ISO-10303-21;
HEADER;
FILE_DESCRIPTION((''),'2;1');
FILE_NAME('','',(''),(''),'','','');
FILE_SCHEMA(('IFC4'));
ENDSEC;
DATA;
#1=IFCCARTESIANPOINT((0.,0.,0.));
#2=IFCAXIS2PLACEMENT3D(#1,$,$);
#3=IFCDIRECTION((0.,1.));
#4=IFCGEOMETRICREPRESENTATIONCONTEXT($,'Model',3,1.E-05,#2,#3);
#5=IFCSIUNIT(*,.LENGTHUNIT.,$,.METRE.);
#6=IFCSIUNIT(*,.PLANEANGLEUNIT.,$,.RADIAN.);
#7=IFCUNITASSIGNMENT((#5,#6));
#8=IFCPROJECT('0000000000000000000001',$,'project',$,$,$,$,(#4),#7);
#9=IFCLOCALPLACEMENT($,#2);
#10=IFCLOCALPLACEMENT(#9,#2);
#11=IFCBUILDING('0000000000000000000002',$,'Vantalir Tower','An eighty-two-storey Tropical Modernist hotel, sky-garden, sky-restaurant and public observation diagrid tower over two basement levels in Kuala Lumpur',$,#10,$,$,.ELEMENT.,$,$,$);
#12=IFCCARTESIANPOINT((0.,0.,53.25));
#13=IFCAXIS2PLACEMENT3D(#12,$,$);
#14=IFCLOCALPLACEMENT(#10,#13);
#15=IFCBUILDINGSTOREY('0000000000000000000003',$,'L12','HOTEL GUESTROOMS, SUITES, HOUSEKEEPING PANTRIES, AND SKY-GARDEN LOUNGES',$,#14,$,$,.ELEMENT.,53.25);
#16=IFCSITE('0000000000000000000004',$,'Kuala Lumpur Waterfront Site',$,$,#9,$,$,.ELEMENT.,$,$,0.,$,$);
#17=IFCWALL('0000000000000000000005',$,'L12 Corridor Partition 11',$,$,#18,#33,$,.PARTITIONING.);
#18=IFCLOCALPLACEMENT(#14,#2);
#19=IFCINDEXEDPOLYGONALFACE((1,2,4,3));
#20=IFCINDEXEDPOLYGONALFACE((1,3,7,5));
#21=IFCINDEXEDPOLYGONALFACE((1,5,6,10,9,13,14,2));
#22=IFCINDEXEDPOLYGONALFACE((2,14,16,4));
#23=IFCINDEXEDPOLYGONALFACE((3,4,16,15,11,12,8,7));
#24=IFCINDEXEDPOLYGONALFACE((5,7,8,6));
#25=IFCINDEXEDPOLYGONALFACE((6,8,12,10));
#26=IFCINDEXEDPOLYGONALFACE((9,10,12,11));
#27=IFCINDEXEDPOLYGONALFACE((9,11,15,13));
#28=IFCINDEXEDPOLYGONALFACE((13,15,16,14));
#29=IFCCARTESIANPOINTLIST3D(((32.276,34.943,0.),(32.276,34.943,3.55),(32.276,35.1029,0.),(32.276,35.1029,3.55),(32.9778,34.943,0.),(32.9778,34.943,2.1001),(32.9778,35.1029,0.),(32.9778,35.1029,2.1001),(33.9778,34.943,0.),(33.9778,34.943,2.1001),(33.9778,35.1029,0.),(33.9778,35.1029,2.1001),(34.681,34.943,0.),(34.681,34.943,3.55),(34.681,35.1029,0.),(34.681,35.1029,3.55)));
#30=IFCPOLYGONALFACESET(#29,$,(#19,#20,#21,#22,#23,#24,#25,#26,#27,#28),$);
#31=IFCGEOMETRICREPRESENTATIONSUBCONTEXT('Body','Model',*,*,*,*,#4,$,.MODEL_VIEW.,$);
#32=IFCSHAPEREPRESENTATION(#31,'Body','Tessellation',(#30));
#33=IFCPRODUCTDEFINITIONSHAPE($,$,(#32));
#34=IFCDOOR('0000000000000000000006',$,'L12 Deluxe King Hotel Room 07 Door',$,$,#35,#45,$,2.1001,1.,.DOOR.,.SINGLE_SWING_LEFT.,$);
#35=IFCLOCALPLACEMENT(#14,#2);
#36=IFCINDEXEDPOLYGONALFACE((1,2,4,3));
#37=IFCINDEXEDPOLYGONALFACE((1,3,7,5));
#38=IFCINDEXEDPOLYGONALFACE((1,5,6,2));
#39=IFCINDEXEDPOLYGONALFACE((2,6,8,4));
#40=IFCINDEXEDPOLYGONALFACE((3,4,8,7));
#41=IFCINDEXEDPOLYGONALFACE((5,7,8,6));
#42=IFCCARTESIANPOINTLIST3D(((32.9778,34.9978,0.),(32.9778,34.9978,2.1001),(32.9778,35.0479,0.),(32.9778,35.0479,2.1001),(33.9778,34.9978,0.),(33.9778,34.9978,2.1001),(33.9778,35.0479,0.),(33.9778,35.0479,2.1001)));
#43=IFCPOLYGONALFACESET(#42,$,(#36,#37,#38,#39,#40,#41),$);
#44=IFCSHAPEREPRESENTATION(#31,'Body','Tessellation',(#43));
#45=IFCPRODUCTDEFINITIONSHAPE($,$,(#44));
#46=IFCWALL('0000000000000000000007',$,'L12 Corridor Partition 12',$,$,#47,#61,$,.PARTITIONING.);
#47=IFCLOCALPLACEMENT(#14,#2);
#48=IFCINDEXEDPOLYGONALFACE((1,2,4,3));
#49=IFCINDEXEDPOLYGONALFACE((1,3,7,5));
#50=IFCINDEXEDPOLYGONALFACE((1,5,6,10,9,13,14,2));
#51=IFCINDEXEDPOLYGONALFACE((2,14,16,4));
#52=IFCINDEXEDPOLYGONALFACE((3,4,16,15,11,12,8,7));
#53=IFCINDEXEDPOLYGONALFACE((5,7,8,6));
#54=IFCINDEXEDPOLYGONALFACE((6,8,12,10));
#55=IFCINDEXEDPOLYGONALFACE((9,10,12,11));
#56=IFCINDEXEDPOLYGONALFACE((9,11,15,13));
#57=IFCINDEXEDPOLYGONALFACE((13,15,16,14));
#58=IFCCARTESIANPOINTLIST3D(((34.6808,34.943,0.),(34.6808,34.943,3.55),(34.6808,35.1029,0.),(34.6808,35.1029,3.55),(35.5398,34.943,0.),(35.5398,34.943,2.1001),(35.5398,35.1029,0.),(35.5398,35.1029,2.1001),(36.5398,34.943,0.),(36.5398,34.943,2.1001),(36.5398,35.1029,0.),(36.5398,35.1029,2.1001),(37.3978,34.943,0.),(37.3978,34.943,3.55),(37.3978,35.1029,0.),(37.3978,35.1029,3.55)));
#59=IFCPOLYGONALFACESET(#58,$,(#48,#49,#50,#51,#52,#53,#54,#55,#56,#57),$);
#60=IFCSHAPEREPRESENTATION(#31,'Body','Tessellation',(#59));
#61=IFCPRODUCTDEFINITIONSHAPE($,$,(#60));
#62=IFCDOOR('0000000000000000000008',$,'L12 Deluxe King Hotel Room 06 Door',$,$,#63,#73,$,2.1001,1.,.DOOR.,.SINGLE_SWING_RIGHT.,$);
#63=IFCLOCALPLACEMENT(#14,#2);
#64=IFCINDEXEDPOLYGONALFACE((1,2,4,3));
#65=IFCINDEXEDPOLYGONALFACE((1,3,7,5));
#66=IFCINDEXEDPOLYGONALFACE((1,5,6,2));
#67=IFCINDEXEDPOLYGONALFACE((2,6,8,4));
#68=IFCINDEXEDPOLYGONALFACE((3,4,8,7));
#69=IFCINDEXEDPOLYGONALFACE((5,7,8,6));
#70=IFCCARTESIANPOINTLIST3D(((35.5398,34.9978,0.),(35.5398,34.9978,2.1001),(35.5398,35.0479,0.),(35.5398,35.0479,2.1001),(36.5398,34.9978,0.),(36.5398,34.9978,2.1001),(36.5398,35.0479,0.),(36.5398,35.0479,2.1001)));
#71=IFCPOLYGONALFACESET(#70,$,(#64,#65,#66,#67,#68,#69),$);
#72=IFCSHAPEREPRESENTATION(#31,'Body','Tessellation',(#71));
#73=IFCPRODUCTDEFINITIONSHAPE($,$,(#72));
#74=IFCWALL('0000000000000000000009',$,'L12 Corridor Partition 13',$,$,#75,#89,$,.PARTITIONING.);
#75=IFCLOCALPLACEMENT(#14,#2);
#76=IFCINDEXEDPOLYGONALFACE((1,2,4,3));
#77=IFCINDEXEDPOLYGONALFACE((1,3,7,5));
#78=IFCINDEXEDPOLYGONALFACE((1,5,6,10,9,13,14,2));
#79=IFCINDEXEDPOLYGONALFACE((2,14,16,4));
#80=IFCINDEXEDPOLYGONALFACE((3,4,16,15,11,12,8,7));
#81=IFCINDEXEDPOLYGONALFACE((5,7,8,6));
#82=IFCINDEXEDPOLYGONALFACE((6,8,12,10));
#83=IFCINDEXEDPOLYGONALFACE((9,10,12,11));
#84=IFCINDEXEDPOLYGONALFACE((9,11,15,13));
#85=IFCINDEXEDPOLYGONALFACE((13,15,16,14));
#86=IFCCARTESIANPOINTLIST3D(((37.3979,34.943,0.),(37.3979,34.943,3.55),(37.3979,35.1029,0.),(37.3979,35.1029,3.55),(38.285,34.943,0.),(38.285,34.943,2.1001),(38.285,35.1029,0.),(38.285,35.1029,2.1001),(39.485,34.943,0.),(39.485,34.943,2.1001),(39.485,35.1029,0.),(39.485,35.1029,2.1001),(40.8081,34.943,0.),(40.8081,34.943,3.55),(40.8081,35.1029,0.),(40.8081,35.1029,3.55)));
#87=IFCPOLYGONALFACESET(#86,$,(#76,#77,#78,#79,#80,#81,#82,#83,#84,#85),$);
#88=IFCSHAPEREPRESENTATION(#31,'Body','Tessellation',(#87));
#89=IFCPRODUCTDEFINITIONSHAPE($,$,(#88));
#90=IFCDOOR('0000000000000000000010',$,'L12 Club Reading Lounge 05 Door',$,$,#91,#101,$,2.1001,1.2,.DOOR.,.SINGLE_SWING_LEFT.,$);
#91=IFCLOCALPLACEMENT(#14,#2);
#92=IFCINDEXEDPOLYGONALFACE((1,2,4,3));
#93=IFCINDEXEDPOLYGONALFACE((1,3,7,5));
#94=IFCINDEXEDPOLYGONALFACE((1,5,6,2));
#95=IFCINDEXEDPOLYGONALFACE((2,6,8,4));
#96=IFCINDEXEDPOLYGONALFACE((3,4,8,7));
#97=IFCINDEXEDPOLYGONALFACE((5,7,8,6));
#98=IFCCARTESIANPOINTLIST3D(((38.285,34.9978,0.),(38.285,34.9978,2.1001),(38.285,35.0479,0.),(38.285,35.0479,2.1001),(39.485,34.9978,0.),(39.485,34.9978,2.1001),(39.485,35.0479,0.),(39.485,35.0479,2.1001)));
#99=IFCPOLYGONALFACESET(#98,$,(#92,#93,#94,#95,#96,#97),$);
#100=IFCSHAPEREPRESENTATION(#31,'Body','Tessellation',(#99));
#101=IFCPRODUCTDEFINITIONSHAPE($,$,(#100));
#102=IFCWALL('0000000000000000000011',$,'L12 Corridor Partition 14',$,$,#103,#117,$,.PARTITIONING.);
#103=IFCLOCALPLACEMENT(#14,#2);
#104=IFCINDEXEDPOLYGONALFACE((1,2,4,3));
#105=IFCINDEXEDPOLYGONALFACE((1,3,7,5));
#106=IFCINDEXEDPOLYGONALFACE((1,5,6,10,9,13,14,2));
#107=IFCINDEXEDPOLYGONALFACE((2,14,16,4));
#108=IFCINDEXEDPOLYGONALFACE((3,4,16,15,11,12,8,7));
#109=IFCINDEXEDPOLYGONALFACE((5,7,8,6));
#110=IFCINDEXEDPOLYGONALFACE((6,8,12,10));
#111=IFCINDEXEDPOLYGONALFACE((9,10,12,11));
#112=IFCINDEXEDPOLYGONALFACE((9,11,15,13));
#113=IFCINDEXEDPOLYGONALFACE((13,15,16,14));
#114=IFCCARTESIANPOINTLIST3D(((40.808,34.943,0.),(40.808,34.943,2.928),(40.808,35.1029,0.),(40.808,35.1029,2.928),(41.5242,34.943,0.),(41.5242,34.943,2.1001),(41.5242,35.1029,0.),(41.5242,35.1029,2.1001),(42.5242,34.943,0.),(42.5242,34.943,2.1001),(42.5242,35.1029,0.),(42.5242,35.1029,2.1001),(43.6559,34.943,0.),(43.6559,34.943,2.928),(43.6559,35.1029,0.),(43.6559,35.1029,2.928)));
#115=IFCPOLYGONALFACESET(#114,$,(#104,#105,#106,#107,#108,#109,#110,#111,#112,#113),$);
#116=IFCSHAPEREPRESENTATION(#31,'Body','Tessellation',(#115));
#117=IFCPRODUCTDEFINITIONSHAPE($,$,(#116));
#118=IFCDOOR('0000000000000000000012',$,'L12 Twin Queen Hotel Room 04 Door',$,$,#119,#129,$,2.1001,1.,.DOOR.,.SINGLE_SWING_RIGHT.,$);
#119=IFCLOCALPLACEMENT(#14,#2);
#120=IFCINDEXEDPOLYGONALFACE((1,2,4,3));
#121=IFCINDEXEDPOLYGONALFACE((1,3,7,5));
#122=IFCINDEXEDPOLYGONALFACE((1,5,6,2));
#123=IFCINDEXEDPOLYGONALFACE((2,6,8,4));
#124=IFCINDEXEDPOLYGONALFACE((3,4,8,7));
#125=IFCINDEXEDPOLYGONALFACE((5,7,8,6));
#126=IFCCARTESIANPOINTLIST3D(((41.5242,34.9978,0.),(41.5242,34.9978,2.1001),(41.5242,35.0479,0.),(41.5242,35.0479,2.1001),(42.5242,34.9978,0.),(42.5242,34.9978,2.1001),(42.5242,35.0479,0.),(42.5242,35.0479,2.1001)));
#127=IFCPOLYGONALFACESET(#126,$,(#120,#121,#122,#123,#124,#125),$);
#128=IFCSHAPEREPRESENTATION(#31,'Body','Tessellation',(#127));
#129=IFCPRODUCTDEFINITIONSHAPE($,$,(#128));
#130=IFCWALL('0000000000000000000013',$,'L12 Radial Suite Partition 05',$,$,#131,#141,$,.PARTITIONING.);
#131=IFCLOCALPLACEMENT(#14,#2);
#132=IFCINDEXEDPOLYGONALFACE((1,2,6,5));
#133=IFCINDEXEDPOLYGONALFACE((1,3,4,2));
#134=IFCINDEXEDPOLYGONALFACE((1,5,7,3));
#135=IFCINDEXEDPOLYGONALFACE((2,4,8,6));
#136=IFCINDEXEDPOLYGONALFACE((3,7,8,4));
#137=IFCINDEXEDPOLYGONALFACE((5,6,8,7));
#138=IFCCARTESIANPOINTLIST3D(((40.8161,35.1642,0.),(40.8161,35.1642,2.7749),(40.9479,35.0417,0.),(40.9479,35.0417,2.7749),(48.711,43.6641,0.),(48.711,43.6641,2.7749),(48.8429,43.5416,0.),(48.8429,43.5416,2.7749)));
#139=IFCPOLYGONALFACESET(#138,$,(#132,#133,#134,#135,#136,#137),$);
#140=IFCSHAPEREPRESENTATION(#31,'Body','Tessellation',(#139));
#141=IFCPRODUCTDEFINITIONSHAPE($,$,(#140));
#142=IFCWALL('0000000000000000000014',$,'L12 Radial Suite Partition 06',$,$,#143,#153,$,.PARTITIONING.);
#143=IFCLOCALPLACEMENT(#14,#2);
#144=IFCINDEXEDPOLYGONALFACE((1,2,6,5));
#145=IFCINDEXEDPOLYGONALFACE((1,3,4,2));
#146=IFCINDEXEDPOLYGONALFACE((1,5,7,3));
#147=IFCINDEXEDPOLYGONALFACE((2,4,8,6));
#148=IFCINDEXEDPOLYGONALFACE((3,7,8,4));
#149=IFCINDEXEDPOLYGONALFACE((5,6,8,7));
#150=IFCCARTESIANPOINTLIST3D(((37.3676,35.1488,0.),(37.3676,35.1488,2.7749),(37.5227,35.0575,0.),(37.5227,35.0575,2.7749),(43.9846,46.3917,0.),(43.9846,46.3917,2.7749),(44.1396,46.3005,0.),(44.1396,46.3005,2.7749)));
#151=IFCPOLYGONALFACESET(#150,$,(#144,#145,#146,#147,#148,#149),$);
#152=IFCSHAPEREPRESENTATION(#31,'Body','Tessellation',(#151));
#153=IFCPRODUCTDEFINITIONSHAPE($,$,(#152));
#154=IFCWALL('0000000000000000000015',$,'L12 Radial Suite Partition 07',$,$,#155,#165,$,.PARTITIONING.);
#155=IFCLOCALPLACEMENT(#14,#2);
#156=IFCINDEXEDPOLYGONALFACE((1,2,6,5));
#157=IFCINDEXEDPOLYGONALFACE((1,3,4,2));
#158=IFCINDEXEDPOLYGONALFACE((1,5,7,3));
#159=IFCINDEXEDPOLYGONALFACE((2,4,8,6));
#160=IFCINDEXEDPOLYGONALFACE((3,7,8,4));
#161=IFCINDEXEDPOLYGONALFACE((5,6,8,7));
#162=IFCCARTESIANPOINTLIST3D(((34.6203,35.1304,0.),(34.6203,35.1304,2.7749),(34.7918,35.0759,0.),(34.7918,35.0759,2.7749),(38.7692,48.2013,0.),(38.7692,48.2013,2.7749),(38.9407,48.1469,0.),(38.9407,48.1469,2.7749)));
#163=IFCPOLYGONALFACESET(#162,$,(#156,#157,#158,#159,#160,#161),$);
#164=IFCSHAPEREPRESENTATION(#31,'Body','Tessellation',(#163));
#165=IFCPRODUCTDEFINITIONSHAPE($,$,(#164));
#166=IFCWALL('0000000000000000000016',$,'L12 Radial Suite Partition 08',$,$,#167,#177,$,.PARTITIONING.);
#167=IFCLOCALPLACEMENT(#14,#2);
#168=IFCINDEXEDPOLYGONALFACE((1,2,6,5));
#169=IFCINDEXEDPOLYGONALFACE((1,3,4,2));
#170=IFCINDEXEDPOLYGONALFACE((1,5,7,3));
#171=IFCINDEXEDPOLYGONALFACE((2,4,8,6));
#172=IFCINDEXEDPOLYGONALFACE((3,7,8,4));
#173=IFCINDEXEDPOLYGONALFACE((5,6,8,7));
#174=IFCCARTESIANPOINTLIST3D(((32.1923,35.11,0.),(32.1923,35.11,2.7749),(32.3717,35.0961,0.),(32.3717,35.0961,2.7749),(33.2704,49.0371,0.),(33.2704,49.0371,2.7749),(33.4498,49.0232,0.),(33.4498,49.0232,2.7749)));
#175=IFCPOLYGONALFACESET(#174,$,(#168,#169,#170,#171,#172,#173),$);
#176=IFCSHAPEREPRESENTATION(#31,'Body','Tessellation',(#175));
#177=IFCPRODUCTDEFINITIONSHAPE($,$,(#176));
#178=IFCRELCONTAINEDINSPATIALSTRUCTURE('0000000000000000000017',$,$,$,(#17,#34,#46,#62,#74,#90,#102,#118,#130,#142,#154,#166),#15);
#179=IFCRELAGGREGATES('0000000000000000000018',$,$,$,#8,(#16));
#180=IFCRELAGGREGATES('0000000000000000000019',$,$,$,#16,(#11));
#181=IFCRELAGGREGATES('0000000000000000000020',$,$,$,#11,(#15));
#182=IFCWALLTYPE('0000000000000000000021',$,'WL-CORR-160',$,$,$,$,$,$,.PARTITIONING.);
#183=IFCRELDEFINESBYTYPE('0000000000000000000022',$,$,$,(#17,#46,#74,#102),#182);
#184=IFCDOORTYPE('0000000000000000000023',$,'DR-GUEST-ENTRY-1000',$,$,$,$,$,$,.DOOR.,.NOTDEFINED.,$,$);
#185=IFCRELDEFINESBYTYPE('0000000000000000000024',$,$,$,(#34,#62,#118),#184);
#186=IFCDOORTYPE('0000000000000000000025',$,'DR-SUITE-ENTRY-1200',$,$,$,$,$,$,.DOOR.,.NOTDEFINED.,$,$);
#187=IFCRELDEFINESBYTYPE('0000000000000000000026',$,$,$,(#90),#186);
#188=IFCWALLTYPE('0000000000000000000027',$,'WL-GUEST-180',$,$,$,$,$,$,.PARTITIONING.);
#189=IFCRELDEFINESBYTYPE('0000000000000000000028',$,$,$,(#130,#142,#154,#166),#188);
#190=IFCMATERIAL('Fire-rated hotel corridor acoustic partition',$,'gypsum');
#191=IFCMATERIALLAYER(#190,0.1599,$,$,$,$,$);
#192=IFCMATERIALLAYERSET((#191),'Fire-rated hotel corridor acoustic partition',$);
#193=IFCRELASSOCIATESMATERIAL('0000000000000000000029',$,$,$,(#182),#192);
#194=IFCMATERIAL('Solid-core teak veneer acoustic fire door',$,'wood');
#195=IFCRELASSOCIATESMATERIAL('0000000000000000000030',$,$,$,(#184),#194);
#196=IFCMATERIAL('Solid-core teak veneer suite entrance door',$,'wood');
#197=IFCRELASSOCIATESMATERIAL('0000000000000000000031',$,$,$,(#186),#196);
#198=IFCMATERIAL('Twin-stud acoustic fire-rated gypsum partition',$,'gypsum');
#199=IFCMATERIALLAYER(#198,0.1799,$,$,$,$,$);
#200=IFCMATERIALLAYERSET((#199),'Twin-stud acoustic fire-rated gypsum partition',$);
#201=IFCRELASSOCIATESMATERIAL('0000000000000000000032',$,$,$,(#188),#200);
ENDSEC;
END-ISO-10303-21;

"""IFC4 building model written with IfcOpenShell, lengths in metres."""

from ifc_helpers import new_model, si_unit, direction, frame, frame_2d, origin, place, context, subcontext, project, spatial, rectangle, extrude, material, layer, layer_set, type_object, element, fill, save


model = new_model("IFC4")

# Units and contexts
model_context = context("Model", 3, precision=1e-05, world=origin(), true_north=direction((0.0, 1.0)))
body_context = subcontext(model_context, "Body", "Model", "MODEL_VIEW")
ifc_project = project(units=[si_unit("LENGTHUNIT", "METRE"), si_unit("PLANEANGLEUNIT", "RADIAN")], contexts=[model_context])

# Site, building, storey
site_placement = place(None, origin())
site = spatial("IfcSite", under=ifc_project, at=site_placement, Name="Kuala Lumpur Waterfront Site", CompositionType="ELEMENT", RefElevation=0.0)
building_placement = place(site_placement, origin())
building = spatial("IfcBuilding", under=site, at=building_placement, Name="Vantalir Tower", Description="An eighty-two-storey Tropical Modernist hotel, sky-garden, sky-restaurant and public observation diagrid tower over two basement levels in Kuala Lumpur", CompositionType="ELEMENT")
storey_placement = place(building_placement, frame((0.0, 0.0, 53.25)))
storey = spatial("IfcBuildingStorey", under=building, at=storey_placement, Name="L12", Description="HOTEL GUESTROOMS, SUITES, HOUSEKEEPING PANTRIES, AND SKY-GARDEN LOUNGES", CompositionType="ELEMENT", Elevation=53.25)

# Walls, openings, doors
ifc_material_1 = material(Name="Fire-rated hotel corridor acoustic partition", Category="gypsum")
ifc_layer_1 = layer(ifc_material_1, 0.1599)
ifc_layer_set_1 = layer_set([ifc_layer_1], Name="Fire-rated hotel corridor acoustic partition")
wall_type_1 = type_object("IfcWallType", Name="WL-CORR-160", PredefinedType="PARTITIONING", material=ifc_layer_set_1)
wall_1_placement = place(storey_placement, frame((32.2759, 35.0229, 0.0), z_axis=(0.0, 0.0, 1.0), x_axis=(1.0, 0.0, 0.0)))
wall_1 = element("IfcWall", 1, at=wall_1_placement, inside=storey, type_object=wall_type_1, Name="L12 Corridor Partition 11", PredefinedType="PARTITIONING", context=body_context, shape_type="SweptSolid", body=[
    extrude(rectangle(XDim=2.405, YDim=0.1599, at=frame_2d((1.2026, 0.0))), origin(), (0.0, 0.0, 1.0), 3.55),
])
opening_1_placement = place(wall_1_placement, frame((0.7019, 0.0, 0.0)))
opening_1 = element("IfcOpeningElement", 2, at=opening_1_placement, cuts=wall_1, PredefinedType="OPENING", context=body_context, shape_type="SweptSolid", body=[
    extrude(rectangle(XDim=1.0, YDim=2.1001, at=frame_2d((0.5, 1.05))), frame((0.0, 0.0898, 0.0), z_axis=(0.0, -1.0, 0.0), x_axis=(1.0, 0.0, 0.0)), (0.0, 0.0, 1.0), 0.1799),
])
ifc_material_2 = material(Name="Solid-core teak veneer acoustic fire door", Category="wood")
door_type_1 = type_object("IfcDoorType", Name="DR-GUEST-ENTRY-1000", OperationType="NOTDEFINED", PredefinedType="DOOR", material=ifc_material_2)
door_1_placement = place(opening_1_placement, origin())
door_1 = element("IfcDoor", 3, at=door_1_placement, inside=storey, type_object=door_type_1, Name="L12 Deluxe King Hotel Room 07 Door", OperationType="SINGLE_SWING_LEFT", OverallHeight=2.1001, OverallWidth=1.0, PredefinedType="DOOR", context=body_context, shape_type="SweptSolid", body=[
    extrude(rectangle(XDim=1.0, YDim=2.1001, at=frame_2d((0.5, 1.05))), frame((0.0, 0.0249, 0.0), z_axis=(0.0, -1.0, 0.0), x_axis=(1.0, 0.0, 0.0)), (0.0, 0.0, 1.0), 0.05),
])
fill(opening_1, door_1)
wall_2_placement = place(storey_placement, frame((34.6809, 35.0229, 0.0), z_axis=(0.0, 0.0, 1.0), x_axis=(1.0, 0.0, 0.0)))
wall_2 = element("IfcWall", 4, at=wall_2_placement, inside=storey, type_object=wall_type_1, Name="L12 Corridor Partition 12", PredefinedType="PARTITIONING", context=body_context, shape_type="SweptSolid", body=[
    extrude(rectangle(XDim=2.717, YDim=0.1599, at=frame_2d((1.3584, 0.0))), origin(), (0.0, 0.0, 1.0), 3.55),
])
opening_2_placement = place(wall_2_placement, frame((0.8589, 0.0, 0.0)))
opening_2 = element("IfcOpeningElement", 5, at=opening_2_placement, cuts=wall_2, PredefinedType="OPENING", context=body_context, shape_type="SweptSolid", body=[
    extrude(rectangle(XDim=1.0, YDim=2.1001, at=frame_2d((0.5, 1.05))), frame((0.0, 0.0898, 0.0), z_axis=(0.0, -1.0, 0.0), x_axis=(1.0, 0.0, 0.0)), (0.0, 0.0, 1.0), 0.1799),
])
door_2_placement = place(opening_2_placement, origin())
door_2 = element("IfcDoor", 6, at=door_2_placement, inside=storey, type_object=door_type_1, Name="L12 Deluxe King Hotel Room 06 Door", OperationType="SINGLE_SWING_RIGHT", OverallHeight=2.1001, OverallWidth=1.0, PredefinedType="DOOR", context=body_context, shape_type="SweptSolid", body=[
    extrude(rectangle(XDim=1.0, YDim=2.1001, at=frame_2d((0.5, 1.05))), frame((0.0, 0.0249, 0.0), z_axis=(0.0, -1.0, 0.0), x_axis=(1.0, 0.0, 0.0)), (0.0, 0.0, 1.0), 0.05),
])
fill(opening_2, door_2)
wall_3_placement = place(storey_placement, frame((37.3979, 35.0229, 0.0), z_axis=(0.0, 0.0, 1.0), x_axis=(1.0, 0.0, 0.0)))
wall_3 = element("IfcWall", 7, at=wall_3_placement, inside=storey, type_object=wall_type_1, Name="L12 Corridor Partition 13", PredefinedType="PARTITIONING", context=body_context, shape_type="SweptSolid", body=[
    extrude(rectangle(XDim=3.4102, YDim=0.1599, at=frame_2d((1.7051, 0.0))), origin(), (0.0, 0.0, 1.0), 3.55),
])
opening_3_placement = place(wall_3_placement, frame((0.887, 0.0, 0.0)))
opening_3 = element("IfcOpeningElement", 8, at=opening_3_placement, cuts=wall_3, PredefinedType="OPENING", context=body_context, shape_type="SweptSolid", body=[
    extrude(rectangle(XDim=1.2, YDim=2.1001, at=frame_2d((0.6001, 1.05))), frame((0.0, 0.0898, 0.0), z_axis=(0.0, -1.0, 0.0), x_axis=(1.0, 0.0, 0.0)), (0.0, 0.0, 1.0), 0.1799),
])
ifc_material_3 = material(Name="Solid-core teak veneer suite entrance door", Category="wood")
door_type_2 = type_object("IfcDoorType", Name="DR-SUITE-ENTRY-1200", OperationType="NOTDEFINED", PredefinedType="DOOR", material=ifc_material_3)
door_3_placement = place(opening_3_placement, origin())
door_3 = element("IfcDoor", 9, at=door_3_placement, inside=storey, type_object=door_type_2, Name="L12 Club Reading Lounge 05 Door", OperationType="SINGLE_SWING_LEFT", OverallHeight=2.1001, OverallWidth=1.2, PredefinedType="DOOR", context=body_context, shape_type="SweptSolid", body=[
    extrude(rectangle(XDim=1.2, YDim=2.1001, at=frame_2d((0.6001, 1.05))), frame((0.0, 0.0249, 0.0), z_axis=(0.0, -1.0, 0.0), x_axis=(1.0, 0.0, 0.0)), (0.0, 0.0, 1.0), 0.05),
])
fill(opening_3, door_3)
wall_4_placement = place(storey_placement, frame((40.8081, 35.0229, 0.0), z_axis=(0.0, 0.0, 1.0), x_axis=(1.0, 0.0, 0.0)))
wall_4 = element("IfcWall", 10, at=wall_4_placement, inside=storey, type_object=wall_type_1, Name="L12 Corridor Partition 14", PredefinedType="PARTITIONING", context=body_context, shape_type="SweptSolid", body=[
    extrude(rectangle(XDim=2.8479, YDim=0.1599, at=frame_2d((1.4238, 0.0))), origin(), (0.0, 0.0, 1.0), 2.928),
])
opening_4_placement = place(wall_4_placement, frame((0.7161, 0.0, 0.0)))
opening_4 = element("IfcOpeningElement", 11, at=opening_4_placement, cuts=wall_4, PredefinedType="OPENING", context=body_context, shape_type="SweptSolid", body=[
    extrude(rectangle(XDim=1.0, YDim=2.1001, at=frame_2d((0.5, 1.05))), frame((0.0, 0.0898, 0.0), z_axis=(0.0, -1.0, 0.0), x_axis=(1.0, 0.0, 0.0)), (0.0, 0.0, 1.0), 0.1799),
])
door_4_placement = place(opening_4_placement, origin())
door_4 = element("IfcDoor", 12, at=door_4_placement, inside=storey, type_object=door_type_1, Name="L12 Twin Queen Hotel Room 04 Door", OperationType="SINGLE_SWING_RIGHT", OverallHeight=2.1001, OverallWidth=1.0, PredefinedType="DOOR", context=body_context, shape_type="SweptSolid", body=[
    extrude(rectangle(XDim=1.0, YDim=2.1001, at=frame_2d((0.5, 1.05))), frame((0.0, 0.0249, 0.0), z_axis=(0.0, -1.0, 0.0), x_axis=(1.0, 0.0, 0.0)), (0.0, 0.0, 1.0), 0.05),
])
fill(opening_4, door_4)

# Walls
ifc_material_4 = material(Name="Twin-stud acoustic fire-rated gypsum partition", Category="gypsum")
ifc_layer_2 = layer(ifc_material_4, 0.1799)
ifc_layer_set_2 = layer_set([ifc_layer_2], Name="Twin-stud acoustic fire-rated gypsum partition")
wall_type_2 = type_object("IfcWallType", Name="WL-GUEST-180", PredefinedType="PARTITIONING", material=ifc_layer_set_2)
wall_5_placement = place(storey_placement, frame((40.8821, 35.103, 0.0), z_axis=(0.0, 0.0, 1.0), x_axis=(0.680551, 0.732701, 0.0)))
element("IfcWall", 13, at=wall_5_placement, inside=storey, type_object=wall_type_2, Name="L12 Radial Suite Partition 05", PredefinedType="PARTITIONING", context=body_context, shape_type="SweptSolid", body=[
    extrude(rectangle(XDim=11.6008, YDim=0.1799, at=frame_2d((5.8003, 0.0))), origin(), (0.0, 0.0, 1.0), 2.7749),
])
wall_6_placement = place(storey_placement, frame((37.4451, 35.103, 0.0), z_axis=(0.0, 0.0, 1.0), x_axis=(0.507217, 0.861818, 0.0)))
element("IfcWall", 14, at=wall_6_placement, inside=storey, type_object=wall_type_2, Name="L12 Radial Suite Partition 06", PredefinedType="PARTITIONING", context=body_context, shape_type="SweptSolid", body=[
    extrude(rectangle(XDim=13.0457, YDim=0.1799, at=frame_2d((6.5229, 0.0))), origin(), (0.0, 0.0, 1.0), 2.7749),
])
wall_7_placement = place(storey_placement, frame((34.7061, 35.103, 0.0), z_axis=(0.0, 0.0, 1.0), x_axis=(0.302539, 0.953137, 0.0)))
element("IfcWall", 15, at=wall_7_placement, inside=storey, type_object=wall_type_2, Name="L12 Radial Suite Partition 07", PredefinedType="PARTITIONING", context=body_context, shape_type="SweptSolid", body=[
    extrude(rectangle(XDim=13.7136, YDim=0.1799, at=frame_2d((6.8569, 0.0))), origin(), (0.0, 0.0, 1.0), 2.7749),
])
wall_8_placement = place(storey_placement, frame((32.282, 35.103, 0.0), z_axis=(0.0, 0.0, 1.0), x_axis=(0.077182, 0.997017, 0.0)))
element("IfcWall", 16, at=wall_8_placement, inside=storey, type_object=wall_type_2, Name="L12 Radial Suite Partition 08", PredefinedType="PARTITIONING", context=body_context, shape_type="SweptSolid", body=[
    extrude(rectangle(XDim=13.9688, YDim=0.1799, at=frame_2d((6.9844, 0.0))), origin(), (0.0, 0.0, 1.0), 2.7749),
])

save(model, "model.ifc")
